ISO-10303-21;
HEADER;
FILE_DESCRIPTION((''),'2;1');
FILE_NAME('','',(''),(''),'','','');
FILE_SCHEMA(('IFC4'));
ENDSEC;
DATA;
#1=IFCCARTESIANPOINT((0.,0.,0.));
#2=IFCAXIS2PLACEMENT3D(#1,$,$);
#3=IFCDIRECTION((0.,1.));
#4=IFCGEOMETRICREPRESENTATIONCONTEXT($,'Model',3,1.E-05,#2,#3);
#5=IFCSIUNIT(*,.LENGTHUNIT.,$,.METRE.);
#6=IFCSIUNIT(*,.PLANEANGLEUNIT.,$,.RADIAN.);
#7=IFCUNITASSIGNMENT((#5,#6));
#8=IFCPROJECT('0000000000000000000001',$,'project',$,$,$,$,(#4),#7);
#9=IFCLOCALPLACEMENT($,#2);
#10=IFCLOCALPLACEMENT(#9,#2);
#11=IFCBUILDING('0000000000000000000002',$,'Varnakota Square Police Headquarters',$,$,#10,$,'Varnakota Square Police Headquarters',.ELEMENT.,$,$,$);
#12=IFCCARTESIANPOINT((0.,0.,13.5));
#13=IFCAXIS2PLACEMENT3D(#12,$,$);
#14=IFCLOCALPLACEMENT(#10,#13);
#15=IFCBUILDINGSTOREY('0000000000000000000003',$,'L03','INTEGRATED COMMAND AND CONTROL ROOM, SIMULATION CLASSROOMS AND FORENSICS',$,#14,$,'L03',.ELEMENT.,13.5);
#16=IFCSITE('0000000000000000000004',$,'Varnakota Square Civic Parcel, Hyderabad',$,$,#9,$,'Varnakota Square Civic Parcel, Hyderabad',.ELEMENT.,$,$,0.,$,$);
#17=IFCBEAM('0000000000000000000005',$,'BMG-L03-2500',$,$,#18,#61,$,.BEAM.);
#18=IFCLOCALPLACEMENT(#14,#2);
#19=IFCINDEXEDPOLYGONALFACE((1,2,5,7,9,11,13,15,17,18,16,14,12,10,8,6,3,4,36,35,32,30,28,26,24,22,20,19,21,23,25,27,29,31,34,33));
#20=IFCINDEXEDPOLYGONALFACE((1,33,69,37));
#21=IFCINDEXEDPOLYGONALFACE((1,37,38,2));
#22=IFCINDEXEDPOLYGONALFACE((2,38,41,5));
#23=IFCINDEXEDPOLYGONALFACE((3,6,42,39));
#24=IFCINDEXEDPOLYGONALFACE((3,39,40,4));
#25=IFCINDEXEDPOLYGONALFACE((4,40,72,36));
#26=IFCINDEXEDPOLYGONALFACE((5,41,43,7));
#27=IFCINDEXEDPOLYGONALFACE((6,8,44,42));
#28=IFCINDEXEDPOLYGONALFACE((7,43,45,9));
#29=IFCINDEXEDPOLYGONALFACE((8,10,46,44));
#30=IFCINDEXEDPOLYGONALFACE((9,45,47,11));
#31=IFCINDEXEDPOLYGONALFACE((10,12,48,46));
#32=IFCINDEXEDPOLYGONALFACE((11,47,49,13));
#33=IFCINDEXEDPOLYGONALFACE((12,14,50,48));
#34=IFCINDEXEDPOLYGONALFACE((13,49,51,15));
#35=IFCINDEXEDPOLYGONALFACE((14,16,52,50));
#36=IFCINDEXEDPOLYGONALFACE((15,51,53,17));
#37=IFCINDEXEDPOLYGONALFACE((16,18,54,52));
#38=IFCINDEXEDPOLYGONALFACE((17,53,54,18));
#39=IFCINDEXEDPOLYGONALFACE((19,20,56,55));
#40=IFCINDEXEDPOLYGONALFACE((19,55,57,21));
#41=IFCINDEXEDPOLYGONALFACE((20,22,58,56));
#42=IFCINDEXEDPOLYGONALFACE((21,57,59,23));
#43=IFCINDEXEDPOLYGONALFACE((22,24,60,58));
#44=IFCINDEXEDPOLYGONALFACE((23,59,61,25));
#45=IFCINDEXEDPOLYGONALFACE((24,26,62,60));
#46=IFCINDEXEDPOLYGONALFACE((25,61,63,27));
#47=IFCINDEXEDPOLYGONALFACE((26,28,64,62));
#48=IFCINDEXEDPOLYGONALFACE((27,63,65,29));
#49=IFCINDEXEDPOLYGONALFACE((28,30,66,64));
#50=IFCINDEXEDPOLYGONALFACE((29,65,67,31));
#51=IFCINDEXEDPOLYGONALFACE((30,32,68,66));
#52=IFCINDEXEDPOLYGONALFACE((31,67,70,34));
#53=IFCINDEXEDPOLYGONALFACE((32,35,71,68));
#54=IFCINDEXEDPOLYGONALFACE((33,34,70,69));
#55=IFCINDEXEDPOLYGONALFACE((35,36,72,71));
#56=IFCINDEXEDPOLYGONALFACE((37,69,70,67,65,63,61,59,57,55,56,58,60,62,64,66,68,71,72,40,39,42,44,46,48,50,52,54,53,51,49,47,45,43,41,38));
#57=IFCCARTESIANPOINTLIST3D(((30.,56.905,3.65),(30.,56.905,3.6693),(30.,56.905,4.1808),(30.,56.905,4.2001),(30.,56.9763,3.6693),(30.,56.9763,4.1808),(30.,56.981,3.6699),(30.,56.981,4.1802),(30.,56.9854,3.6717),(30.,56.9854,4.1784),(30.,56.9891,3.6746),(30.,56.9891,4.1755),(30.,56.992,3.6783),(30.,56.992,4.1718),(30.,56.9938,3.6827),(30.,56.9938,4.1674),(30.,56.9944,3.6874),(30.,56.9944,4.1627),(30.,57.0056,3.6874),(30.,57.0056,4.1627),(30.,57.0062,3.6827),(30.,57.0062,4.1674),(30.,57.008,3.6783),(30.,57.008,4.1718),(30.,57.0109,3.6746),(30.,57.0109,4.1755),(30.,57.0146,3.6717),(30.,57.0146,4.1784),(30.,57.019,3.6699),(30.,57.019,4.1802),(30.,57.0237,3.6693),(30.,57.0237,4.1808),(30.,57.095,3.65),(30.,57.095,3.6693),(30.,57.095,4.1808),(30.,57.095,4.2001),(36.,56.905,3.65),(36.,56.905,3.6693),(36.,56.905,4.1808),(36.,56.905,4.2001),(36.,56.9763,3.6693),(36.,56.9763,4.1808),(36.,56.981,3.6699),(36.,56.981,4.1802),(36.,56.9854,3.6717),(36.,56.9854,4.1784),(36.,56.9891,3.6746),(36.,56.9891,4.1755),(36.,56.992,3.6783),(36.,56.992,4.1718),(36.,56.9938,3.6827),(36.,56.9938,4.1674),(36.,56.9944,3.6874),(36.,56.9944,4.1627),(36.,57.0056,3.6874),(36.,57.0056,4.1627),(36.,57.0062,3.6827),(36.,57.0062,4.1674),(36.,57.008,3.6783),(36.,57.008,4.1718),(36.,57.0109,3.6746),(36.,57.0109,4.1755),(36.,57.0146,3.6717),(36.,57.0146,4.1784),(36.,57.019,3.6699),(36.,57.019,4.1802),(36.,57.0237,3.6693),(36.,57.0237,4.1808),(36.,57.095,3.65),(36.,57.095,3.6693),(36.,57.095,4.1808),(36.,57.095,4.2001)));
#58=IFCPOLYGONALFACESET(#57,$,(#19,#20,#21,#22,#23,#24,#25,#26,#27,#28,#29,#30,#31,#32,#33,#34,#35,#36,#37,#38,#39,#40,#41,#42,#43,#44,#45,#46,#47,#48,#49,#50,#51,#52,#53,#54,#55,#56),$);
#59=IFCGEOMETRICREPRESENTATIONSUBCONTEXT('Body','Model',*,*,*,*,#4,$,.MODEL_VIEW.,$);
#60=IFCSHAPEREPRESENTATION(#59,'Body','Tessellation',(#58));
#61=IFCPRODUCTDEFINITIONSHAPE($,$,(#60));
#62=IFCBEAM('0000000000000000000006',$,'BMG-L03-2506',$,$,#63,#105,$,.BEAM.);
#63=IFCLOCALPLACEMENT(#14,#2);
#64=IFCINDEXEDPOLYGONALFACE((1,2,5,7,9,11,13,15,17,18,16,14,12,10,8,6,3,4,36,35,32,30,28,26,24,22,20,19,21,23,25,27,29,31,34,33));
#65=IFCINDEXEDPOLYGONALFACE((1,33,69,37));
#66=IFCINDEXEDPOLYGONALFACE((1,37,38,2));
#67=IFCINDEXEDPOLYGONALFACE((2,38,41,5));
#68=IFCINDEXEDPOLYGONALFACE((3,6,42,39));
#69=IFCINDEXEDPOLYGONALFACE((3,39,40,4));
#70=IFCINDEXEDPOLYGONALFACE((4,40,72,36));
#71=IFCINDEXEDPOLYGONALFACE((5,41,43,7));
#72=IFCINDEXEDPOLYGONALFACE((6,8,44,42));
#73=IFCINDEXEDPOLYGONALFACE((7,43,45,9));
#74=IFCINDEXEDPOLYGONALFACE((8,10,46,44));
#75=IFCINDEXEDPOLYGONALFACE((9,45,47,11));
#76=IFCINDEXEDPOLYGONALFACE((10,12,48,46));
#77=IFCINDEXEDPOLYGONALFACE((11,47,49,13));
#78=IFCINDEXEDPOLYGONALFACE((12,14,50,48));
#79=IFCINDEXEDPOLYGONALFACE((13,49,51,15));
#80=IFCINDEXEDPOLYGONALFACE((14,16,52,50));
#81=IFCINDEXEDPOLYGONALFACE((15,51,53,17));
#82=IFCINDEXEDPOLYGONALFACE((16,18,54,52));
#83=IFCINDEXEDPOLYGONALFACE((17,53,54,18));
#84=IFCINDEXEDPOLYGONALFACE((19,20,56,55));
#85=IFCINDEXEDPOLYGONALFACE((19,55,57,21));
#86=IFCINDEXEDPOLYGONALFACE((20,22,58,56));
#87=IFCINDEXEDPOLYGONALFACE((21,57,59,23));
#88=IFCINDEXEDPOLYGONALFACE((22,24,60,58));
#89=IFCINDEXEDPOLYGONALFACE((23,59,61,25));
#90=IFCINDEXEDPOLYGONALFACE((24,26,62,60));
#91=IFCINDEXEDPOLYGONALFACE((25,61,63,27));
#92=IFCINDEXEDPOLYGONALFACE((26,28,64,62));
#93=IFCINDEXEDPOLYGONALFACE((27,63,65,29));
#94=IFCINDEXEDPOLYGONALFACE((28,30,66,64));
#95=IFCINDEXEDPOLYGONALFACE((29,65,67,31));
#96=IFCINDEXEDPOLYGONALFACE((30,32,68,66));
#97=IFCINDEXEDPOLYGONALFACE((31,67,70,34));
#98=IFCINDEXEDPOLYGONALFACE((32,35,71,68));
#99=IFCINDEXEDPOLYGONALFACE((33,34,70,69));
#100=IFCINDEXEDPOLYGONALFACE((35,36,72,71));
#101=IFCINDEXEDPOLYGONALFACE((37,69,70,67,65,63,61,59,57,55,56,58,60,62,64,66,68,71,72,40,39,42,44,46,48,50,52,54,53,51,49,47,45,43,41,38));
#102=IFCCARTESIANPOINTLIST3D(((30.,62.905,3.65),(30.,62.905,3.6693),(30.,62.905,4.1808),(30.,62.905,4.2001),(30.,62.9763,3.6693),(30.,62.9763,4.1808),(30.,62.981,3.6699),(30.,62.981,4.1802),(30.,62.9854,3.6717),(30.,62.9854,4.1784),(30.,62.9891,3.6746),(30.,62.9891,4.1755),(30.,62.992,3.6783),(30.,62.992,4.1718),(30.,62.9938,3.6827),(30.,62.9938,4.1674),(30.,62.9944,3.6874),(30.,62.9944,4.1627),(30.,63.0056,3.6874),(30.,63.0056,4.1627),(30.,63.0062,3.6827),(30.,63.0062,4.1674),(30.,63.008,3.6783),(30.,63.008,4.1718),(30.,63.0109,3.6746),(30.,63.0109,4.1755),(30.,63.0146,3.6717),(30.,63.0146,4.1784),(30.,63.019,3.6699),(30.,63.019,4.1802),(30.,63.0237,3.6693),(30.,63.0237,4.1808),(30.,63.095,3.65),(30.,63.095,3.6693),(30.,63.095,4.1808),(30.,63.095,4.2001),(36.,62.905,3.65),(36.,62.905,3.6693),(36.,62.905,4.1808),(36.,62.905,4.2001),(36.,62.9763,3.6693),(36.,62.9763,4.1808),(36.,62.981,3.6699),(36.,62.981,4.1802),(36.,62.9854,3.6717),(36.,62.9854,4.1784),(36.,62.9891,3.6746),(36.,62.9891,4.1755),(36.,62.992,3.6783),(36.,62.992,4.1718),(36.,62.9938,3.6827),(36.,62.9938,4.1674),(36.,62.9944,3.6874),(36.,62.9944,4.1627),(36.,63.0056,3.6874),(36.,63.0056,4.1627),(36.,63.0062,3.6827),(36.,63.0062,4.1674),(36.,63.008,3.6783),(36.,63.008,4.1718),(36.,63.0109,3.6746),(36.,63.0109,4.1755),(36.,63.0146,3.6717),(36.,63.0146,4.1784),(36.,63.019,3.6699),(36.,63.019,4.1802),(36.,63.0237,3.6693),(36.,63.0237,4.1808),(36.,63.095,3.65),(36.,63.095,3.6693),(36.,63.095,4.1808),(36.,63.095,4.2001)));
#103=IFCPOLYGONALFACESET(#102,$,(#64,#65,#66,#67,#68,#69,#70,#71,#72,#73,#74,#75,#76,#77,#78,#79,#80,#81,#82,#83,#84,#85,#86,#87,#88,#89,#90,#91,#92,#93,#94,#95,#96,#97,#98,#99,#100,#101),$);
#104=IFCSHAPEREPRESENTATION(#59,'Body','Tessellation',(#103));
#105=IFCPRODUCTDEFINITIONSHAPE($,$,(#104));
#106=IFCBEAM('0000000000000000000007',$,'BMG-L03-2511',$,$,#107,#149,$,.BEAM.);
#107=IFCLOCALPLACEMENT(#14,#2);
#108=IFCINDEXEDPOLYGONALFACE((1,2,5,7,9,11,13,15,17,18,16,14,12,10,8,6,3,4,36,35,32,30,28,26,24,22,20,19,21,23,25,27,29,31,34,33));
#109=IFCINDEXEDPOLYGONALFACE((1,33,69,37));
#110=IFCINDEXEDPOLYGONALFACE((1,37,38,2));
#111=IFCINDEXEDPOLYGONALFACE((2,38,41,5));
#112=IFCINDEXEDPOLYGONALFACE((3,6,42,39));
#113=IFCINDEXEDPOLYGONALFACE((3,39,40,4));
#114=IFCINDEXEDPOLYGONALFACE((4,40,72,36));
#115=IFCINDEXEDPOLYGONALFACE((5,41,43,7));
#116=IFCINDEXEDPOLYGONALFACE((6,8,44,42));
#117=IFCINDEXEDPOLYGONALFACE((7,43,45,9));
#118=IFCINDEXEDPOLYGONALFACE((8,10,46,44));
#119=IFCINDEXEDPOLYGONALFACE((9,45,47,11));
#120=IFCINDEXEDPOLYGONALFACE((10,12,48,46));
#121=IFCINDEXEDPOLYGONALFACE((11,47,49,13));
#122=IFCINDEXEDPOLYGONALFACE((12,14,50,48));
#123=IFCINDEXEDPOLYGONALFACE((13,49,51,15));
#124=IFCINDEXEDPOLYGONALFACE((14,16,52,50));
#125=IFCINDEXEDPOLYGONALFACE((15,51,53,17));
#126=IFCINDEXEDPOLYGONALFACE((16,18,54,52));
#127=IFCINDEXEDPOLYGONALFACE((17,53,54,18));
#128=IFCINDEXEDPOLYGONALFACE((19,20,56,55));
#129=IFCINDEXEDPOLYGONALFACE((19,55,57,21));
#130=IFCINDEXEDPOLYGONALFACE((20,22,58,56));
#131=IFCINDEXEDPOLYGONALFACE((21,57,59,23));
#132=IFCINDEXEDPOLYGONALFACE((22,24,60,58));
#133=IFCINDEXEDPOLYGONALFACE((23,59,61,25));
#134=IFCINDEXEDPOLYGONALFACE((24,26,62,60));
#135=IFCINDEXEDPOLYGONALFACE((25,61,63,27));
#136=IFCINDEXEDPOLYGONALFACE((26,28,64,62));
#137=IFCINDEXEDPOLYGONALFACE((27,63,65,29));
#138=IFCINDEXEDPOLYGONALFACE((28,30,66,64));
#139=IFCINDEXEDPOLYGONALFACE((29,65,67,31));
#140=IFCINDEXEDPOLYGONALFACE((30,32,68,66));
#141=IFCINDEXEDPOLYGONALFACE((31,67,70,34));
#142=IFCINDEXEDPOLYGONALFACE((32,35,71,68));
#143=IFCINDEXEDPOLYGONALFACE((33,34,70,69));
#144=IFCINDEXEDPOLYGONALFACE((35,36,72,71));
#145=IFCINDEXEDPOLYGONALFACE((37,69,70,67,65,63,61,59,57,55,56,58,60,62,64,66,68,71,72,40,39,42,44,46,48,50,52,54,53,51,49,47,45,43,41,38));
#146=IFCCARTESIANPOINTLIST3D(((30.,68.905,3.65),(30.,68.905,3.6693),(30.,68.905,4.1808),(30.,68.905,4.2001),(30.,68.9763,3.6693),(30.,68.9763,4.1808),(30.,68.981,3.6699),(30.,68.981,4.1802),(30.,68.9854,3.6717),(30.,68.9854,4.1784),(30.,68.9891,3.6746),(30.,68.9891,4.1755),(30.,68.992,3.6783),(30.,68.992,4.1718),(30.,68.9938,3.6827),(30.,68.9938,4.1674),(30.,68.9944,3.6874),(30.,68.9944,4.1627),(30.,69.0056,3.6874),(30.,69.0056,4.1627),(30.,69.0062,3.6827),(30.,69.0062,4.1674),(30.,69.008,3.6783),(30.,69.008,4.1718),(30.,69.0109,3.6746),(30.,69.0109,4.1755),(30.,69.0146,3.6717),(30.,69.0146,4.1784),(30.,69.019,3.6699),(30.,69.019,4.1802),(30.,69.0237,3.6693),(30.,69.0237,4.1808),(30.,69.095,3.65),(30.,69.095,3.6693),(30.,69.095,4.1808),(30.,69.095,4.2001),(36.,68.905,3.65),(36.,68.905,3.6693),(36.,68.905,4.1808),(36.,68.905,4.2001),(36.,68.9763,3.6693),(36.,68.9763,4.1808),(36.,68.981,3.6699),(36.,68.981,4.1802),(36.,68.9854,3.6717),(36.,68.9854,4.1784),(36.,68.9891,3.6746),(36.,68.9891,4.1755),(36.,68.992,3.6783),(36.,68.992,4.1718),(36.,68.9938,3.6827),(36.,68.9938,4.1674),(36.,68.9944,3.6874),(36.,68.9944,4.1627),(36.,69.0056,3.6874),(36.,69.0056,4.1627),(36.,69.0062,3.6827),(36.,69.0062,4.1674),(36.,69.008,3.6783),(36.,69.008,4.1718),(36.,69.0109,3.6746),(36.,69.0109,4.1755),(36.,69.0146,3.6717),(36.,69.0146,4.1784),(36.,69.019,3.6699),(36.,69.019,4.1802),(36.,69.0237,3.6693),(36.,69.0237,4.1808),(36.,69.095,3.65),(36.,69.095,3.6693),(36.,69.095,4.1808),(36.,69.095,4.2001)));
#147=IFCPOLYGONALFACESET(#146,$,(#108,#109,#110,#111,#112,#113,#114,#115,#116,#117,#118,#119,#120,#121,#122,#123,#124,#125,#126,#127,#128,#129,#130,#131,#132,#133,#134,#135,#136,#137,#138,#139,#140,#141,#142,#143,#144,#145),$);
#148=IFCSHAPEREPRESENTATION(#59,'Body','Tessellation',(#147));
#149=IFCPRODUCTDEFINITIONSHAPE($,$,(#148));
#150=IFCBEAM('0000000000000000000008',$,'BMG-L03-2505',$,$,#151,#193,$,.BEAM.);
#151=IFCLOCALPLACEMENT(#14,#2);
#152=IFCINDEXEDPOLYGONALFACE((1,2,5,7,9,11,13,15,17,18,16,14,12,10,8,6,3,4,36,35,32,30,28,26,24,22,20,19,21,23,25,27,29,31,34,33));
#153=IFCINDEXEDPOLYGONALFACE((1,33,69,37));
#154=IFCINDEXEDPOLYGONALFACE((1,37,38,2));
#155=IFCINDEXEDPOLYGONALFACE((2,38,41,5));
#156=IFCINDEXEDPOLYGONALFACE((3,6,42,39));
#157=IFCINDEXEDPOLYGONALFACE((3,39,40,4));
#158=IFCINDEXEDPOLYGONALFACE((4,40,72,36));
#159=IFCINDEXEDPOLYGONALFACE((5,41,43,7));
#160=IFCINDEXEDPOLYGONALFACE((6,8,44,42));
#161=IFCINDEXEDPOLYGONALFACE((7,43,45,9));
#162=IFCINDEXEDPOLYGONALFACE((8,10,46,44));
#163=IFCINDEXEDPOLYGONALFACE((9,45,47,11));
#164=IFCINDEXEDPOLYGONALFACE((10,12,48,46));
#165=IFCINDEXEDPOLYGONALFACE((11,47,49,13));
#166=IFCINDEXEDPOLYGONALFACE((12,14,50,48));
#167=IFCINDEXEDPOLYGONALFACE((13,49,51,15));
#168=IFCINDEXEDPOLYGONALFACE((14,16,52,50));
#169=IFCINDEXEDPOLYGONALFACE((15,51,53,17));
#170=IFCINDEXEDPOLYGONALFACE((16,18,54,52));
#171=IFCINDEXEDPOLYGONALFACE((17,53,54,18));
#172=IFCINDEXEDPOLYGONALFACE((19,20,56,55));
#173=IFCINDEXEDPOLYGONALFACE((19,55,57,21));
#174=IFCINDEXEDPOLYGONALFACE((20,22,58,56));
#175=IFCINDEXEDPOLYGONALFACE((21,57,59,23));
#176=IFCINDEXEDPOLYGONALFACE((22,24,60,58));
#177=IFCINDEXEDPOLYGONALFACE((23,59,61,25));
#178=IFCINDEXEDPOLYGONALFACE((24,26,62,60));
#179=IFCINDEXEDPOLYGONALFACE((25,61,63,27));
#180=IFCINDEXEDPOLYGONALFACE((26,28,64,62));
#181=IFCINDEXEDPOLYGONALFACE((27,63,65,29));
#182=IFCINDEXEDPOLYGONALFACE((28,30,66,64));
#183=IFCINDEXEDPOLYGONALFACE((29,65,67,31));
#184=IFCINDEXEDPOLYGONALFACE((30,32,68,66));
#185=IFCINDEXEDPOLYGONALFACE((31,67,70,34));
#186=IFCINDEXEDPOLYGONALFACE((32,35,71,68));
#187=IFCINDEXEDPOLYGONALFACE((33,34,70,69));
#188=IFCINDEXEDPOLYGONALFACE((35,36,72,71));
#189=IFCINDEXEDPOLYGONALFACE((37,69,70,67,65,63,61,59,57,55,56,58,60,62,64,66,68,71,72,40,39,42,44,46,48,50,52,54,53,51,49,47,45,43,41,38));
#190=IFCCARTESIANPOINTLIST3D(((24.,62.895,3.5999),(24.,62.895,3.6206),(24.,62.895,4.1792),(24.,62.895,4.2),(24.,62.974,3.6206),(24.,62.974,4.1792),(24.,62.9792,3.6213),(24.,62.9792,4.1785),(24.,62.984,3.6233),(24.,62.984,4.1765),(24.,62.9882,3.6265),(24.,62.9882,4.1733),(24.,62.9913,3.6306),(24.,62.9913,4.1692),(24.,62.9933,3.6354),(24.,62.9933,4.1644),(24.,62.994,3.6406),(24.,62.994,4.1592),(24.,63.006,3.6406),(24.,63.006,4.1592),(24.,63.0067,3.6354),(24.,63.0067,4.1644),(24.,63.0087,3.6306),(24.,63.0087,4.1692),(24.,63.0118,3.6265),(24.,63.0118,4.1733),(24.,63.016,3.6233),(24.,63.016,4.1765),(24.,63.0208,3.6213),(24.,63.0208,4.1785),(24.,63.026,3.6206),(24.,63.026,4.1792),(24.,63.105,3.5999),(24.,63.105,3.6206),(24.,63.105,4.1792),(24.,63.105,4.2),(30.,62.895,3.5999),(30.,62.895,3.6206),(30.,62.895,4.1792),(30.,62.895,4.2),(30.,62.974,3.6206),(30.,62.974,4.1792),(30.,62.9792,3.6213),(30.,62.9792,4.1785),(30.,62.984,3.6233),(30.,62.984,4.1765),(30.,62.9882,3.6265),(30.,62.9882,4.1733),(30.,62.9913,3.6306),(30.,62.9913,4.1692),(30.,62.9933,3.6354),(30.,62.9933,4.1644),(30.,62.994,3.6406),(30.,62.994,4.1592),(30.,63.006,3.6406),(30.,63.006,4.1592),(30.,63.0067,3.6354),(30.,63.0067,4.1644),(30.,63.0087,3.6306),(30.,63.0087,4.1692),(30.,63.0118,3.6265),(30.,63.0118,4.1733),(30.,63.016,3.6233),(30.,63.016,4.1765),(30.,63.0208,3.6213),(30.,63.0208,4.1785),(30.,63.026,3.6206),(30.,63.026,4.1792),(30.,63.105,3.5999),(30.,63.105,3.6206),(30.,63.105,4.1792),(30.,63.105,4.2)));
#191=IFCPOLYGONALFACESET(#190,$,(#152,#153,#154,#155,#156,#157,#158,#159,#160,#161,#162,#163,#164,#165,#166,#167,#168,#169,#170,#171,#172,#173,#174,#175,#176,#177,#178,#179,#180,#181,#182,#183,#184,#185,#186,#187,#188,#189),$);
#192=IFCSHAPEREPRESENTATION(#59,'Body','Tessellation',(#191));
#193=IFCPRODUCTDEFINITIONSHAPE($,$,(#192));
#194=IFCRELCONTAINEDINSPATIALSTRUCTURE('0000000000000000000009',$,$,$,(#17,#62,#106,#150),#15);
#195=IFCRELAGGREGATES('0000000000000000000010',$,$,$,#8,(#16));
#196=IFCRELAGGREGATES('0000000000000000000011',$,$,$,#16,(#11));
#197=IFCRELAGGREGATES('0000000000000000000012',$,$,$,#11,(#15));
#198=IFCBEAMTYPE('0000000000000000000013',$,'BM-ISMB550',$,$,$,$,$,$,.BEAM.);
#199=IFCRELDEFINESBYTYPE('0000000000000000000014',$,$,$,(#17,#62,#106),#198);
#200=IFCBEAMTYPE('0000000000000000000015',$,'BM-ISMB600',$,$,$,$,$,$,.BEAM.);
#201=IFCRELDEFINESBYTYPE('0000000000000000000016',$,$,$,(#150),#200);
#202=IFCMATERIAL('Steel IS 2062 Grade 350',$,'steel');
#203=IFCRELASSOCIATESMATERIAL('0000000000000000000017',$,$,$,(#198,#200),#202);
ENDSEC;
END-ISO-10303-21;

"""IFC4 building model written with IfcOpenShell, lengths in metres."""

from ifc_helpers import new_model, si_unit, direction, frame, origin, origin_2d, place, context, subcontext, project, spatial, i_section, extrude, material, material_profile, profile_set, type_object, element, save


model = new_model("IFC4")

# Units and contexts
model_context = context("Model", 3, precision=1e-05, world=origin(), true_north=direction((0.0, 1.0)))
body_context = subcontext(model_context, "Body", "Model", "MODEL_VIEW")
ifc_project = project(units=[si_unit("LENGTHUNIT", "METRE"), si_unit("PLANEANGLEUNIT", "RADIAN")], contexts=[model_context])

# Site, building, storey
site_placement = place(None, origin())
site = spatial("IfcSite", under=ifc_project, at=site_placement, Name="Varnakota Square Civic Parcel, Hyderabad", LongName="Varnakota Square Civic Parcel, Hyderabad", CompositionType="ELEMENT", RefElevation=0.0)
building_placement = place(site_placement, origin())
building = spatial("IfcBuilding", under=site, at=building_placement, Name="Varnakota Square Police Headquarters", LongName="Varnakota Square Police Headquarters", CompositionType="ELEMENT")
storey_placement = place(building_placement, frame((0.0, 0.0, 13.5)))
storey = spatial("IfcBuildingStorey", under=building, at=storey_placement, Name="L03", Description="INTEGRATED COMMAND AND CONTROL ROOM, SIMULATION CLASSROOMS AND FORENSICS", LongName="L03", CompositionType="ELEMENT", Elevation=13.5)

# Shared definitions
ifc_material_1 = material(Name="Steel IS 2062 Grade 350", Category="steel")

# Beams
ifc_material_profile_1 = material_profile(ifc_material_1, i_section(OverallWidth=0.1899, OverallDepth=0.55, WebThickness=0.0112, FlangeThickness=0.0193, FilletRadius=0.0181, at=origin_2d()), Name="ISMB 550")
ifc_profile_set_1 = profile_set([ifc_material_profile_1], Name="Steel IS 2062 Grade 350")
beam_type_1 = type_object("IfcBeamType", Name="BM-ISMB550", PredefinedType="BEAM", material=ifc_profile_set_1)
for number, where, z_axis, x_axis, name in (
    (1, (30.0, 57.0, 3.925), (1.0, 0.0, 0.0), (0.0, 1.0, 0.0), "BMG-L03-2500"),
    (2, (30.0, 63.0, 3.925), (1.0, 0.0, 0.0), (0.0, 1.0, 0.0), "BMG-L03-2506"),
    (3, (30.0, 69.0, 3.925), (1.0, 0.0, 0.0), (0.0, 1.0, 0.0), "BMG-L03-2511"),
):
    element("IfcBeam", number, at=place(storey_placement, frame(where, z_axis=z_axis, x_axis=x_axis)), inside=storey, type_object=beam_type_1, Name=name, PredefinedType="BEAM", context=body_context, shape_type="SweptSolid", body=[
        extrude(i_section(OverallWidth=0.1899, OverallDepth=0.55, WebThickness=0.0112, FlangeThickness=0.0193, FilletRadius=0.0181, at=origin_2d()), origin(), (0.0, 0.0, 1.0), 6.0),
    ])
ifc_material_profile_2 = material_profile(ifc_material_1, i_section(OverallWidth=0.21, OverallDepth=0.6001, WebThickness=0.012, FlangeThickness=0.0208, FilletRadius=0.02, at=origin_2d()), Name="ISMB 600")
ifc_profile_set_2 = profile_set([ifc_material_profile_2], Name="Steel IS 2062 Grade 350")
beam_type_2 = type_object("IfcBeamType", Name="BM-ISMB600", PredefinedType="BEAM", material=ifc_profile_set_2)
for number, where, z_axis, x_axis, name in (
    (4, (24.0, 63.0, 3.8999), (1.0, 0.0, 0.0), (0.0, 1.0, 0.0), "BMG-L03-2505"),
):
    element("IfcBeam", number, at=place(storey_placement, frame(where, z_axis=z_axis, x_axis=x_axis)), inside=storey, type_object=beam_type_2, Name=name, PredefinedType="BEAM", context=body_context, shape_type="SweptSolid", body=[
        extrude(i_section(OverallWidth=0.21, OverallDepth=0.6001, WebThickness=0.012, FlangeThickness=0.0208, FilletRadius=0.02, at=origin_2d()), origin(), (0.0, 0.0, 1.0), 6.0),
    ])

save(model, "model.ifc")
